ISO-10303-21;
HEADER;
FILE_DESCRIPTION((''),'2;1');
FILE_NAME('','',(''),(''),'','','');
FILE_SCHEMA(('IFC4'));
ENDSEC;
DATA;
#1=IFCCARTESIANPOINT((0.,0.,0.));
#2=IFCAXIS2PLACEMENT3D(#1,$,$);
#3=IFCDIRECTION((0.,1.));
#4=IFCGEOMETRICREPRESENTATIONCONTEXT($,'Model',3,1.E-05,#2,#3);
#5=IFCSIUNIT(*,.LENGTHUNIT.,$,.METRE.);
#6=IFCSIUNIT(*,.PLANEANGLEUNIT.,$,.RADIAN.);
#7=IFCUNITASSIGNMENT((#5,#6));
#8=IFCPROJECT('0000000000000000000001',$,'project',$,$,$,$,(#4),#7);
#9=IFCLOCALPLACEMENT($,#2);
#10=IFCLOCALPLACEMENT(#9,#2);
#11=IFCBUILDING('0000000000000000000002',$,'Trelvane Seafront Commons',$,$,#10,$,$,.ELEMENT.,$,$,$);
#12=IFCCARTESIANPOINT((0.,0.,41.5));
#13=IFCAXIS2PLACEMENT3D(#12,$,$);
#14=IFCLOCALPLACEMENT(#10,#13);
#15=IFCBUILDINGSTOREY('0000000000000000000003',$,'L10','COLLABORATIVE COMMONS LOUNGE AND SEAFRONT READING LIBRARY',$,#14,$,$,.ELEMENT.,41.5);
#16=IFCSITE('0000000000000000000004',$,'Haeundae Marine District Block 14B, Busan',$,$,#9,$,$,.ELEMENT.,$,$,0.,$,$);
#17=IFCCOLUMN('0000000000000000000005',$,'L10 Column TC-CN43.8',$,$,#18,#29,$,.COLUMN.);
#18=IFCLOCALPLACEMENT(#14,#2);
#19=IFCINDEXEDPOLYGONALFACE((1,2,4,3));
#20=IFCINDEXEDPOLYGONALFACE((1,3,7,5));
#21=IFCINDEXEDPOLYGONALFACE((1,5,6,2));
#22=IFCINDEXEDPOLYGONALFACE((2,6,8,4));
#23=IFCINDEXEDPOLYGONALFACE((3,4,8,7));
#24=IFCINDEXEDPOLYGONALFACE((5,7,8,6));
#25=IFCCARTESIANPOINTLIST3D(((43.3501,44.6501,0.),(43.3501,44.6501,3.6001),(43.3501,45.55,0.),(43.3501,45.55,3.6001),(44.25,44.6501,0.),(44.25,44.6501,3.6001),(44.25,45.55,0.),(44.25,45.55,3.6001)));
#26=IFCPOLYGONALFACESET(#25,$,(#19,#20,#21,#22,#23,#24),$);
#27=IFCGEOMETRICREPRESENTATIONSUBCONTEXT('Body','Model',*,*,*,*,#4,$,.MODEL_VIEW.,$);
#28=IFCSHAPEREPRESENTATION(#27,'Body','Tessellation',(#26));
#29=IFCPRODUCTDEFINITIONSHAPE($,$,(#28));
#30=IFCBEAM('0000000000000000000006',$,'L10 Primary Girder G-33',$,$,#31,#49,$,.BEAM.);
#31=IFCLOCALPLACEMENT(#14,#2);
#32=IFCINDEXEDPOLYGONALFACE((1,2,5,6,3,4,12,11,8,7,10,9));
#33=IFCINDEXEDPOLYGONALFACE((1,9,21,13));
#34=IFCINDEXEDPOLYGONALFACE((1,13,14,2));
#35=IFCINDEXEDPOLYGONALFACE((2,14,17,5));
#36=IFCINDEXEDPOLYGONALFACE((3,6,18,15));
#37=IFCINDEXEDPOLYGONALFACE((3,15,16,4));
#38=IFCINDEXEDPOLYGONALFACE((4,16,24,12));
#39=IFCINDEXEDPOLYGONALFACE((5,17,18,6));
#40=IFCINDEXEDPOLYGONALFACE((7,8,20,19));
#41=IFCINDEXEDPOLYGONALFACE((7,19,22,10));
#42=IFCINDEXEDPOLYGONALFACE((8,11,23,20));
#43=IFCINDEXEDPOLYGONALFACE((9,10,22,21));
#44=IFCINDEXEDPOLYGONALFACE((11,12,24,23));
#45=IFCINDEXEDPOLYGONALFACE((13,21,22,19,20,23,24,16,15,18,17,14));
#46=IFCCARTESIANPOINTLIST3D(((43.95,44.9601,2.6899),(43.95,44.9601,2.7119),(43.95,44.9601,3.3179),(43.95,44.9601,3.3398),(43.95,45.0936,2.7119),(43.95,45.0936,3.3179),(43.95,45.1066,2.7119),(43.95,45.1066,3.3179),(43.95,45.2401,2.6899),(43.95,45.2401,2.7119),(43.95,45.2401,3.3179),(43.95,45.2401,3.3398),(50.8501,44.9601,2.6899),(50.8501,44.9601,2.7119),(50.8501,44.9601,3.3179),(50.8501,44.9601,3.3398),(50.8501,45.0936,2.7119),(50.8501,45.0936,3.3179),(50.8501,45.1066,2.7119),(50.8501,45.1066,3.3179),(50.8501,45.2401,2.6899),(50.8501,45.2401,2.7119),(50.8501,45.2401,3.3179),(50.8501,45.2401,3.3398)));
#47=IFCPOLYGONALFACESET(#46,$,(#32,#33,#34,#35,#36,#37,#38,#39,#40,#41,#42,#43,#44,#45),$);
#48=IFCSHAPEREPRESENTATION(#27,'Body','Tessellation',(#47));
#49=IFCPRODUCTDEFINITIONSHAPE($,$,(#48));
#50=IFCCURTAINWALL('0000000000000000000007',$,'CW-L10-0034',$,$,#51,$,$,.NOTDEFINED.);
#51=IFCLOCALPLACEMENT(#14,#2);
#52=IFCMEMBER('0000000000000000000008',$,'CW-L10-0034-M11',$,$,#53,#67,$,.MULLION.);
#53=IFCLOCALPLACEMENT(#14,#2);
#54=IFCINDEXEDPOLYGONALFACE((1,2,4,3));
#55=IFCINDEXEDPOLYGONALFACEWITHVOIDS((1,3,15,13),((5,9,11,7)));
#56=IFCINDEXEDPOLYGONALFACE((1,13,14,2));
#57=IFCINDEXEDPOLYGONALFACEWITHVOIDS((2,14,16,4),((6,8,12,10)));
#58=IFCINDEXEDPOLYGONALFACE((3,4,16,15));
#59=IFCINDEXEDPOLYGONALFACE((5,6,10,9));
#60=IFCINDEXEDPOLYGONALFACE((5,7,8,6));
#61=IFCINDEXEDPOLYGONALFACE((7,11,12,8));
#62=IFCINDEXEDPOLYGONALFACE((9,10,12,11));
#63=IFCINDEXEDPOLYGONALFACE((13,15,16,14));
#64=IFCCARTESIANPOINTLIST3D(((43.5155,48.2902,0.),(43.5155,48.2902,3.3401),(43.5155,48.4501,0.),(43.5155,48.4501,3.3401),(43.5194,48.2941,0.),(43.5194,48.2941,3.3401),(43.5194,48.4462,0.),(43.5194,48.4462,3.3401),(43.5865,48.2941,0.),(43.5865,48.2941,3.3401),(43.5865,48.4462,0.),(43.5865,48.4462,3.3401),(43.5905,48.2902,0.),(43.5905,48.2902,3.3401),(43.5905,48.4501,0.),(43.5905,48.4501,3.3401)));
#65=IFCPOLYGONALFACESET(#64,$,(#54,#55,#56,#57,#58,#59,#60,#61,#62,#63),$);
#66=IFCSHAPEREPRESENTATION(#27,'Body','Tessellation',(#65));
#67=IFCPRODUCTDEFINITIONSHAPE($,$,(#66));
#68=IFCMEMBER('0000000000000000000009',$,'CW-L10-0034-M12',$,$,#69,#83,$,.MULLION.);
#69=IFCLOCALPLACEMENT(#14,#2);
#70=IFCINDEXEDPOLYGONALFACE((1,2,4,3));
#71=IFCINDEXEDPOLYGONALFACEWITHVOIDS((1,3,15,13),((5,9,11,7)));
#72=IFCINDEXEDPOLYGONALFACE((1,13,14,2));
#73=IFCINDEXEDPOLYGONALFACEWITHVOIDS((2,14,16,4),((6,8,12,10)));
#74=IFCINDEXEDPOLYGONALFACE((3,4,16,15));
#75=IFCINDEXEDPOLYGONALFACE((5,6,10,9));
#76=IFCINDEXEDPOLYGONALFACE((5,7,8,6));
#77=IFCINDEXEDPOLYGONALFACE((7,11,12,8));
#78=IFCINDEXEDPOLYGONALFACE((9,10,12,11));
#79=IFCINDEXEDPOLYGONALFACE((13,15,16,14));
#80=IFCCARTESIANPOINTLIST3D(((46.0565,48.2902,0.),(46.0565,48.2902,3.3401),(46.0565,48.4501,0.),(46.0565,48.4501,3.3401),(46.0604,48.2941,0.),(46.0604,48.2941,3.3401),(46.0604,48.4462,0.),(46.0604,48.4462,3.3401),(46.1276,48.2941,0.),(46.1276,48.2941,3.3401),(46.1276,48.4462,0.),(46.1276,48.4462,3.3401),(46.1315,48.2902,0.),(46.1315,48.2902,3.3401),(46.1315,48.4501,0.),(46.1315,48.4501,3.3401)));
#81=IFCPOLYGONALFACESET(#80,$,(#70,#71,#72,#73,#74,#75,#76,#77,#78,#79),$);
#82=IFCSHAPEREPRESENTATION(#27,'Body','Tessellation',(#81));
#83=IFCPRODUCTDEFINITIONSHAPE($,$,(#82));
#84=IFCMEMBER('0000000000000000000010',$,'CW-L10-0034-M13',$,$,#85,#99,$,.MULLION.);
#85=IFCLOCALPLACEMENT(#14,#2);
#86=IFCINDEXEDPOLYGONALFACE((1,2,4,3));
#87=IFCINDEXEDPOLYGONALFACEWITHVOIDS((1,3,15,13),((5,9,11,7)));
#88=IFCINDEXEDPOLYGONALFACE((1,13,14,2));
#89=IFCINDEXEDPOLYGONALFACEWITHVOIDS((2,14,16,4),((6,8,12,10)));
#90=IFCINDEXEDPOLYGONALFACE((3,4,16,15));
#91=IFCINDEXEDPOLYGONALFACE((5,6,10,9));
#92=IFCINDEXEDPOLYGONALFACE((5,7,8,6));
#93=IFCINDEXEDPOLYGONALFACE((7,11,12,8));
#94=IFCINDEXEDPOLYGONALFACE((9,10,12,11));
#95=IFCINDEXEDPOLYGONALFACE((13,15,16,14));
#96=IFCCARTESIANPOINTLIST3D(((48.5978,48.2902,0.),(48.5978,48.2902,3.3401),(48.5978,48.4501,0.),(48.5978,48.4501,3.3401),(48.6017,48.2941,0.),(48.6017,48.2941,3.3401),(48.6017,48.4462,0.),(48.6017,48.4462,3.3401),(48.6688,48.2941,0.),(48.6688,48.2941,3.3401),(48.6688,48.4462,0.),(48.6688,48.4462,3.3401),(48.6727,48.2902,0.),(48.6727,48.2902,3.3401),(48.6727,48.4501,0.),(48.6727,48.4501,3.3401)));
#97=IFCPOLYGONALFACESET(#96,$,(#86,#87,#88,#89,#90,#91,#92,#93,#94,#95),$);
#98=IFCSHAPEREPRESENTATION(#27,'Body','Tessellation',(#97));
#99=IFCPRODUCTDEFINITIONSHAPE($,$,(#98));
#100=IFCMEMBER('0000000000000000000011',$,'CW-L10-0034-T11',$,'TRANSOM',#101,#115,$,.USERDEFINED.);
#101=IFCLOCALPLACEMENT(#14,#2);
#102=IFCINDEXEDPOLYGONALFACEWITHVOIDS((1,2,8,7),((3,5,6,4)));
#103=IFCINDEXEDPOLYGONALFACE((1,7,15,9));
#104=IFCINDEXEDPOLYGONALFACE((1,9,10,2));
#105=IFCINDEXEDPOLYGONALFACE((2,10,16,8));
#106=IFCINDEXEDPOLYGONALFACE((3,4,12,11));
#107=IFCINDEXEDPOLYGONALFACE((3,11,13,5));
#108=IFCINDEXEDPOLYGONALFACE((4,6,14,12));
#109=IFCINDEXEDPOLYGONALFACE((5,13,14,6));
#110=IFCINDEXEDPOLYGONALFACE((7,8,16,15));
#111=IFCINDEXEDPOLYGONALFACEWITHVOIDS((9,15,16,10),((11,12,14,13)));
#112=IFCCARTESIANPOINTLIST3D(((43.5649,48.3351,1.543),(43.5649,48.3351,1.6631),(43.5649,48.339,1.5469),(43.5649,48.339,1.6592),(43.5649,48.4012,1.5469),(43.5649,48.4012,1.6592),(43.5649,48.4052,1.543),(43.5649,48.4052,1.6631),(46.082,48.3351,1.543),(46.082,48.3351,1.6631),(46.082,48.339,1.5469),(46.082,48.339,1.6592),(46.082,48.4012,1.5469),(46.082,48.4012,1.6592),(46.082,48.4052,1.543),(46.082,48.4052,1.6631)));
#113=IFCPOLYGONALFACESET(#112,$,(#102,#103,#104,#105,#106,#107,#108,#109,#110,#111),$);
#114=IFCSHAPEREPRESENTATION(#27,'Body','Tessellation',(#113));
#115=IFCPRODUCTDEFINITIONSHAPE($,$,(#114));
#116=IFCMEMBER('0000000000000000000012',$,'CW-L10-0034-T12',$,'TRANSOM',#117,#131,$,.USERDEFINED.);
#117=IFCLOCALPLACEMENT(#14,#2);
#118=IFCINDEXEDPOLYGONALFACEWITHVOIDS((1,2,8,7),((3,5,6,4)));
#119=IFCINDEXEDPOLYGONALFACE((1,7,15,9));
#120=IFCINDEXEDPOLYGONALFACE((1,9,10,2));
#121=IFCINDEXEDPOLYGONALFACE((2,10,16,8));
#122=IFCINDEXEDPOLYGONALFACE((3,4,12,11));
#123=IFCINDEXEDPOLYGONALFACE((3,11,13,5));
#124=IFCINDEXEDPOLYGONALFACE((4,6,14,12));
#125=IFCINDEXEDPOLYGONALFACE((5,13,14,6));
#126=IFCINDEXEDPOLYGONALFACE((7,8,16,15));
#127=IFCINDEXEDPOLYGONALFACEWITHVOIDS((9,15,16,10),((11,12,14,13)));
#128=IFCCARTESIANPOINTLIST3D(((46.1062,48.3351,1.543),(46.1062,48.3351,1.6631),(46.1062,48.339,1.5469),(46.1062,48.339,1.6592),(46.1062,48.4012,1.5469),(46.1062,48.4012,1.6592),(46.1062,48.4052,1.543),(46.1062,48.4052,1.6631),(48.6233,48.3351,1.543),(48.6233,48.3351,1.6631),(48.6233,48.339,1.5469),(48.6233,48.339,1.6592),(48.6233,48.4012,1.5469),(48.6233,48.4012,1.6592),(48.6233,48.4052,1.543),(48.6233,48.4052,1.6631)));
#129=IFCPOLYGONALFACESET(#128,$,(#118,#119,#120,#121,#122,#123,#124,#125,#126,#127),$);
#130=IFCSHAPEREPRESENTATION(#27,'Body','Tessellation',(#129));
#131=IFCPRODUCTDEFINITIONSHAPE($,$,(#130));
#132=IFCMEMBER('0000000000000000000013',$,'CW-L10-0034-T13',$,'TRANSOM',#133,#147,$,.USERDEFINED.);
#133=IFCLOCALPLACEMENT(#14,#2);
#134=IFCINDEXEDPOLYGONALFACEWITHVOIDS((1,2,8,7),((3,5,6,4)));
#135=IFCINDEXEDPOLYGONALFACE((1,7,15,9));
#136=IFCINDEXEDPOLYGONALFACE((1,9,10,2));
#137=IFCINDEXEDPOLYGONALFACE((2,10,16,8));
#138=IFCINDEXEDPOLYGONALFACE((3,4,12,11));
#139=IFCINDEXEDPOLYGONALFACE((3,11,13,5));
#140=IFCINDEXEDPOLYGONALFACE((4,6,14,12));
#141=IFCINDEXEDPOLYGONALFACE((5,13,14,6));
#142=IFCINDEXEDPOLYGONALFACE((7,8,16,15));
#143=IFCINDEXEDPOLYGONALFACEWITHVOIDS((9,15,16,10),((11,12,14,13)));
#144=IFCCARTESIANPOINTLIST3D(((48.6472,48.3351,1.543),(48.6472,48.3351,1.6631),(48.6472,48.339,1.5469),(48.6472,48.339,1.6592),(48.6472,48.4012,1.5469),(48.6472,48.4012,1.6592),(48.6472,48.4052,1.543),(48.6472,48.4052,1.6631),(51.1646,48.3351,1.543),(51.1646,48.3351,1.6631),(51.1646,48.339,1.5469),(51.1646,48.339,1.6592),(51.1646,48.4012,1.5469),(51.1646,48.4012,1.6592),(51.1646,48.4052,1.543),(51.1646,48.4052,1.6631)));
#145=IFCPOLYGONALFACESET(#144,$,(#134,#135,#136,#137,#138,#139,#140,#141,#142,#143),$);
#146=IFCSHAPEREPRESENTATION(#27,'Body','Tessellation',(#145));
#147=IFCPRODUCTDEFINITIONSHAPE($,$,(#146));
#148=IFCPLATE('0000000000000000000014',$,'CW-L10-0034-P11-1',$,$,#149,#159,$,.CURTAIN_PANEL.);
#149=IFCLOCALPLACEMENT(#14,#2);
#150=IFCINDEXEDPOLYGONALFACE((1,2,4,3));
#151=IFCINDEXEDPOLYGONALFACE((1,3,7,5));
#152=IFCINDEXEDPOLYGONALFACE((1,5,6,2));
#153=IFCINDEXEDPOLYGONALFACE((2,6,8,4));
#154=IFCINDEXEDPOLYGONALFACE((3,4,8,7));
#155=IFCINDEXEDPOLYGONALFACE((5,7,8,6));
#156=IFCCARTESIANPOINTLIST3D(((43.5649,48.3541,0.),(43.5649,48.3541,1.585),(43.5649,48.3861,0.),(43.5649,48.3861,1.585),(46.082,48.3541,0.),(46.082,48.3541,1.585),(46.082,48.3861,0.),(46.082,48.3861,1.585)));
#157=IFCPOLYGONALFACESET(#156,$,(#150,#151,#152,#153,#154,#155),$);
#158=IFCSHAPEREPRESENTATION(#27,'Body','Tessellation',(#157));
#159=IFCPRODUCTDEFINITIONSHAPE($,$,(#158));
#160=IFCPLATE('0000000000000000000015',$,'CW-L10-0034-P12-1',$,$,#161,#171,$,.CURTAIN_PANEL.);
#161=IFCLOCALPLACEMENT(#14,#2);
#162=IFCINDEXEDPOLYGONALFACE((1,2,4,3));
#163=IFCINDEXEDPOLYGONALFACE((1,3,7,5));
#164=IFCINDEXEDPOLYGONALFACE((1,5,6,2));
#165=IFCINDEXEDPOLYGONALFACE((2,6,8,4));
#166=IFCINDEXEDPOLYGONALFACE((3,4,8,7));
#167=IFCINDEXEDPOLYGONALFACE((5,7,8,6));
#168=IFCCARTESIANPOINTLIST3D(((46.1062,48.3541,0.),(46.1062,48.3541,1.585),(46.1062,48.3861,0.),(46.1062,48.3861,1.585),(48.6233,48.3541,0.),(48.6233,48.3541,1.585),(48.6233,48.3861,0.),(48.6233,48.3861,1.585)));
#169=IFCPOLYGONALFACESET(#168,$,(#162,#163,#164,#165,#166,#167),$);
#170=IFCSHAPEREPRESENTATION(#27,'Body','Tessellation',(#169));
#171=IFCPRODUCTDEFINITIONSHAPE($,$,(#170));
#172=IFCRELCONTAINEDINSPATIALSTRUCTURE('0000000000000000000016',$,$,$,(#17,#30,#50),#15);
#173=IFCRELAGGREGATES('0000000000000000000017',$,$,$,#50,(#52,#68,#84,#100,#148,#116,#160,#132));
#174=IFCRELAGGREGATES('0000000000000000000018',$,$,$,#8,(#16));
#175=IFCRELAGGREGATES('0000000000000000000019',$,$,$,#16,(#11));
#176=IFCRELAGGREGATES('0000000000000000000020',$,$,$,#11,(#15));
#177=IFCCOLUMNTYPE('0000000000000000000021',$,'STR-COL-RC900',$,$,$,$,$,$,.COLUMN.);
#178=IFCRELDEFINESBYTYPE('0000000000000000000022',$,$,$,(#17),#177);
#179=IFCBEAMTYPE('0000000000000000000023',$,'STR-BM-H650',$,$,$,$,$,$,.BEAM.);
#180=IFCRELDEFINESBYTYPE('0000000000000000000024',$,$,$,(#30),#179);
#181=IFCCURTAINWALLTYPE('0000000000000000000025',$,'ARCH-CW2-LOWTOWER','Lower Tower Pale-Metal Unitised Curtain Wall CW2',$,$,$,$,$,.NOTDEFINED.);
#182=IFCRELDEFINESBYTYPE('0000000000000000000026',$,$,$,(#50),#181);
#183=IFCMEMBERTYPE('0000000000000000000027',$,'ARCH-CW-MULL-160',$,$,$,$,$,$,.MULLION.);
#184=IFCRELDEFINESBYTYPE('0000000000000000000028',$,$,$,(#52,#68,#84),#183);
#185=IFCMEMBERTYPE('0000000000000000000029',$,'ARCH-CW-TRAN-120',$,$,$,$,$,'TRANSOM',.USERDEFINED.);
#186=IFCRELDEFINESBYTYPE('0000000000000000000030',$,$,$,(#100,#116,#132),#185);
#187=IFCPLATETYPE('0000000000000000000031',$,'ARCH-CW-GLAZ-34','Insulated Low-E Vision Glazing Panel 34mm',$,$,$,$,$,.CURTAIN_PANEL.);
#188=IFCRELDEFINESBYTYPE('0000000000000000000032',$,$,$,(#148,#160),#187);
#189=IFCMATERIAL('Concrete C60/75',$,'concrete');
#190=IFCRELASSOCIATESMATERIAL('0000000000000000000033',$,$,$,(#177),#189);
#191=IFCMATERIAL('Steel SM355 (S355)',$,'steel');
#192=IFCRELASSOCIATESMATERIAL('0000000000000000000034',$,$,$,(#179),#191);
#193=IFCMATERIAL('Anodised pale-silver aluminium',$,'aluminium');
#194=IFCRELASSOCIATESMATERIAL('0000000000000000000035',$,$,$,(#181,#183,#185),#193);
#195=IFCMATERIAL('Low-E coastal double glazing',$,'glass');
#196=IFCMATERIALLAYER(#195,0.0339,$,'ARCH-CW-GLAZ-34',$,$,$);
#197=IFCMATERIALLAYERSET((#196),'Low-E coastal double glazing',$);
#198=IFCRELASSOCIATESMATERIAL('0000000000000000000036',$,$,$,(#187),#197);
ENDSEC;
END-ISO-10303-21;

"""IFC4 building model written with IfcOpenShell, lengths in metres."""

from ifc_helpers import new_model, si_unit, direction, frame, origin, origin_2d, place, context, subcontext, project, spatial, rectangle, hollow_rectangle, i_section, extrude, source, transform, mapped, material, layer, layer_set, material_profile, profile_set, type_object, element, aggregate, save


model = new_model("IFC4")

# Units and contexts
model_context = context("Model", 3, precision=1e-05, world=origin(), true_north=direction((0.0, 1.0)))
body_context = subcontext(model_context, "Body", "Model", "MODEL_VIEW")
ifc_project = project(units=[si_unit("LENGTHUNIT", "METRE"), si_unit("PLANEANGLEUNIT", "RADIAN")], contexts=[model_context])

# Site, building, storey
site_placement = place(None, origin())
site = spatial("IfcSite", under=ifc_project, at=site_placement, Name="Haeundae Marine District Block 14B, Busan", CompositionType="ELEMENT", RefElevation=0.0)
building_placement = place(site_placement, origin())
building = spatial("IfcBuilding", under=site, at=building_placement, Name="Trelvane Seafront Commons", CompositionType="ELEMENT")
storey_placement = place(building_placement, frame((0.0, 0.0, 41.5)))
storey = spatial("IfcBuildingStorey", under=building, at=storey_placement, Name="L10", Description="COLLABORATIVE COMMONS LOUNGE AND SEAFRONT READING LIBRARY", CompositionType="ELEMENT", Elevation=41.5)

# Column
ifc_material_1 = material(Name="Concrete C60/75", Category="concrete")
ifc_material_profile_1 = material_profile(ifc_material_1, rectangle(XDim=0.8999, YDim=0.8999, at=origin_2d()), Name="RC-900x900")
ifc_profile_set_1 = profile_set([ifc_material_profile_1], Name="Concrete C60/75")
column_type = type_object("IfcColumnType", Name="STR-COL-RC900", PredefinedType="COLUMN", material=ifc_profile_set_1)
shared_shape_1 = source(origin(), body_context, "Body", "SweptSolid", [
    extrude(rectangle(XDim=0.8999, YDim=0.8999, at=origin_2d()), origin(), (0.0, 0.0, 1.0), 3.6001),
])
column_placement = place(storey_placement, frame((43.8, 45.1001, 0.0), z_axis=(0.0, 0.0, 1.0), x_axis=(1.0, 0.0, 0.0)))
element("IfcColumn", 1, at=column_placement, inside=storey, type_object=column_type, Name="L10 Column TC-CN43.8", PredefinedType="COLUMN", context=body_context, shape_type="MappedRepresentation", body=[
    mapped(shared_shape_1, transform((0.0, 0.0, 0.0), x_axis=(1.0, 0.0, 0.0), y_axis=(0.0, 1.0, 0.0), z_axis=(0.0, 0.0, 1.0), scale=1.0)),
])

# Beam
ifc_material_2 = material(Name="Steel SM355 (S355)", Category="steel")
ifc_material_profile_2 = material_profile(ifc_material_2, i_section(OverallWidth=0.28, OverallDepth=0.6499, WebThickness=0.0129, FlangeThickness=0.022, at=origin_2d()), Name="H-650x280x13x22")
ifc_profile_set_2 = profile_set([ifc_material_profile_2], Name="Steel SM355 (S355)")
beam_type = type_object("IfcBeamType", Name="STR-BM-H650", PredefinedType="BEAM", material=ifc_profile_set_2)
shared_shape_2 = source(origin(), body_context, "Body", "SweptSolid", [
    extrude(i_section(OverallWidth=0.28, OverallDepth=0.6499, WebThickness=0.0129, FlangeThickness=0.022, at=origin_2d()), origin(), (0.0, 0.0, 1.0), 6.9001),
])
beam_placement = place(storey_placement, frame((43.95, 45.1001, 3.0149), z_axis=(1.0, 0.0, 0.0), x_axis=(0.0, 1.0, 0.0)))
element("IfcBeam", 2, at=beam_placement, inside=storey, type_object=beam_type, Name="L10 Primary Girder G-33", PredefinedType="BEAM", context=body_context, shape_type="MappedRepresentation", body=[
    mapped(shared_shape_2, transform((0.0, 0.0, 0.0), x_axis=(1.0, 0.0, 0.0), y_axis=(0.0, 1.0, 0.0), z_axis=(0.0, 0.0, 1.0), scale=1.0)),
])

# Curtain wall, members, plates
ifc_material_3 = material(Name="Anodised pale-silver aluminium", Category="aluminium")
curtain_wall_type = type_object("IfcCurtainWallType", Name="ARCH-CW2-LOWTOWER", Description="Lower Tower Pale-Metal Unitised Curtain Wall CW2", PredefinedType="NOTDEFINED", material=ifc_material_3)
curtain_wall_placement = place(storey_placement, origin())
curtain_wall = element("IfcCurtainWall", 3, at=curtain_wall_placement, inside=storey, type_object=curtain_wall_type, Name="CW-L10-0034", PredefinedType="NOTDEFINED")
ifc_material_profile_3 = material_profile(ifc_material_3, hollow_rectangle(XDim=0.075, YDim=0.1599, WallThickness=0.0039, at=origin_2d()), Name="MULL-75x160x4")
ifc_profile_set_3 = profile_set([ifc_material_profile_3], Name="Anodised pale-silver aluminium")
member_type_1 = type_object("IfcMemberType", Name="ARCH-CW-MULL-160", PredefinedType="MULLION", material=ifc_profile_set_3)
shared_shape_3 = source(origin(), body_context, "Body", "SweptSolid", [
    extrude(hollow_rectangle(XDim=0.075, YDim=0.1599, WallThickness=0.0039, at=origin_2d()), origin(), (0.0, 0.0, 1.0), 3.3401),
])
member_1_placement = place(storey_placement, frame((43.553, 48.3701, 0.0), z_axis=(0.0, 0.0, 1.0), x_axis=(1.0, 0.0, 0.0)))
member_1 = element("IfcMember", 4, at=member_1_placement, type_object=member_type_1, Name="CW-L10-0034-M11", PredefinedType="MULLION", context=body_context, shape_type="MappedRepresentation", body=[
    mapped(shared_shape_3, transform((0.0, 0.0, 0.0), x_axis=(1.0, 0.0, 0.0), y_axis=(0.0, 1.0, 0.0), z_axis=(0.0, 0.0, 1.0), scale=1.0)),
])
member_2_placement = place(storey_placement, frame((46.094, 48.3701, 0.0), z_axis=(0.0, 0.0, 1.0), x_axis=(1.0, 0.0, 0.0)))
member_2 = element("IfcMember", 5, at=member_2_placement, type_object=member_type_1, Name="CW-L10-0034-M12", PredefinedType="MULLION", context=body_context, shape_type="MappedRepresentation", body=[
    mapped(shared_shape_3, transform((0.0, 0.0, 0.0), x_axis=(1.0, 0.0, 0.0), y_axis=(0.0, 1.0, 0.0), z_axis=(0.0, 0.0, 1.0), scale=1.0)),
])
member_3_placement = place(storey_placement, frame((48.6353, 48.3701, 0.0), z_axis=(0.0, 0.0, 1.0), x_axis=(1.0, 0.0, 0.0)))
member_3 = element("IfcMember", 6, at=member_3_placement, type_object=member_type_1, Name="CW-L10-0034-M13", PredefinedType="MULLION", context=body_context, shape_type="MappedRepresentation", body=[
    mapped(shared_shape_3, transform((0.0, 0.0, 0.0), x_axis=(1.0, 0.0, 0.0), y_axis=(0.0, 1.0, 0.0), z_axis=(0.0, 0.0, 1.0), scale=1.0)),
])
ifc_material_profile_4 = material_profile(ifc_material_3, hollow_rectangle(XDim=0.0701, YDim=0.1201, WallThickness=0.0039, at=origin_2d()), Name="TRAN-70x120x4")
ifc_profile_set_4 = profile_set([ifc_material_profile_4], Name="Anodised pale-silver aluminium")
member_type_2 = type_object("IfcMemberType", Name="ARCH-CW-TRAN-120", ElementType="TRANSOM", PredefinedType="USERDEFINED", material=ifc_profile_set_4)
shared_shape_4 = source(origin(), body_context, "Body", "SweptSolid", [
    extrude(hollow_rectangle(XDim=0.0701, YDim=0.1201, WallThickness=0.0039, at=origin_2d()), origin(), (0.0, 0.0, 1.0), 2.5171),
])
member_4_placement = place(storey_placement, frame((43.5649, 48.3701, 1.603), z_axis=(1.0, 0.0, 0.0), x_axis=(0.0, 1.0, 0.0)))
member_4 = element("IfcMember", 7, at=member_4_placement, type_object=member_type_2, Name="CW-L10-0034-T11", ObjectType="TRANSOM", PredefinedType="USERDEFINED", context=body_context, shape_type="MappedRepresentation", body=[
    mapped(shared_shape_4, transform((0.0, 0.0, 0.0), x_axis=(1.0, 0.0, 0.0), y_axis=(0.0, 1.0, 0.0), z_axis=(0.0, 0.0, 1.0), scale=1.0)),
])
member_5_placement = place(storey_placement, frame((46.1062, 48.3701, 1.603), z_axis=(1.0, 0.0, 0.0), x_axis=(0.0, 1.0, 0.0)))
member_5 = element("IfcMember", 8, at=member_5_placement, type_object=member_type_2, Name="CW-L10-0034-T12", ObjectType="TRANSOM", PredefinedType="USERDEFINED", context=body_context, shape_type="MappedRepresentation", body=[
    mapped(shared_shape_4, transform((0.0, 0.0, 0.0), x_axis=(1.0, 0.0, 0.0), y_axis=(0.0, 1.0, 0.0), z_axis=(0.0, 0.0, 1.0), scale=1.0)),
])
shared_shape_5 = source(origin(), body_context, "Body", "SweptSolid", [
    extrude(hollow_rectangle(XDim=0.0701, YDim=0.1201, WallThickness=0.0039, at=origin_2d()), origin(), (0.0, 0.0, 1.0), 2.5173),
])
member_6_placement = place(storey_placement, frame((48.6472, 48.3701, 1.603), z_axis=(1.0, 0.0, 0.0), x_axis=(0.0, 1.0, 0.0)))
member_6 = element("IfcMember", 9, at=member_6_placement, type_object=member_type_2, Name="CW-L10-0034-T13", ObjectType="TRANSOM", PredefinedType="USERDEFINED", context=body_context, shape_type="MappedRepresentation", body=[
    mapped(shared_shape_5, transform((0.0, 0.0, 0.0), x_axis=(1.0, 0.0, 0.0), y_axis=(0.0, 1.0, 0.0), z_axis=(0.0, 0.0, 1.0), scale=1.0)),
])
ifc_material_4 = material(Name="Low-E coastal double glazing", Category="glass")
ifc_layer_1 = layer(ifc_material_4, 0.0339, Name="ARCH-CW-GLAZ-34")
ifc_layer_set_1 = layer_set([ifc_layer_1], Name="Low-E coastal double glazing")
plate_type_1 = type_object("IfcPlateType", Name="ARCH-CW-GLAZ-34", Description="Insulated Low-E Vision Glazing Panel 34mm", PredefinedType="CURTAIN_PANEL", material=ifc_layer_set_1)
shared_shape_6 = source(origin(), body_context, "Body", "SweptSolid", [
    extrude(rectangle(XDim=2.5171, YDim=0.032, at=origin_2d()), origin(), (0.0, 0.0, 1.0), 1.585),
])
plate_1_placement = place(storey_placement, frame((44.8235, 48.3701, 0.0), z_axis=(0.0, 0.0, 1.0), x_axis=(1.0, 0.0, 0.0)))
plate_1 = element("IfcPlate", 10, at=plate_1_placement, type_object=plate_type_1, Name="CW-L10-0034-P11-1", PredefinedType="CURTAIN_PANEL", context=body_context, shape_type="MappedRepresentation", body=[
    mapped(shared_shape_6, transform((0.0, 0.0, 0.0), x_axis=(1.0, 0.0, 0.0), y_axis=(0.0, 1.0, 0.0), z_axis=(0.0, 0.0, 1.0), scale=1.0)),
])
plate_2_placement = place(storey_placement, frame((47.3647, 48.3701, 0.0), z_axis=(0.0, 0.0, 1.0), x_axis=(1.0, 0.0, 0.0)))
plate_2 = element("IfcPlate", 11, at=plate_2_placement, type_object=plate_type_1, Name="CW-L10-0034-P12-1", PredefinedType="CURTAIN_PANEL", context=body_context, shape_type="MappedRepresentation", body=[
    mapped(shared_shape_6, transform((0.0, 0.0, 0.0), x_axis=(1.0, 0.0, 0.0), y_axis=(0.0, 1.0, 0.0), z_axis=(0.0, 0.0, 1.0), scale=1.0)),
])
aggregate(curtain_wall, [member_1, member_2, member_3, member_4, plate_1, member_5, plate_2, member_6])

save(model, "model.ifc")
